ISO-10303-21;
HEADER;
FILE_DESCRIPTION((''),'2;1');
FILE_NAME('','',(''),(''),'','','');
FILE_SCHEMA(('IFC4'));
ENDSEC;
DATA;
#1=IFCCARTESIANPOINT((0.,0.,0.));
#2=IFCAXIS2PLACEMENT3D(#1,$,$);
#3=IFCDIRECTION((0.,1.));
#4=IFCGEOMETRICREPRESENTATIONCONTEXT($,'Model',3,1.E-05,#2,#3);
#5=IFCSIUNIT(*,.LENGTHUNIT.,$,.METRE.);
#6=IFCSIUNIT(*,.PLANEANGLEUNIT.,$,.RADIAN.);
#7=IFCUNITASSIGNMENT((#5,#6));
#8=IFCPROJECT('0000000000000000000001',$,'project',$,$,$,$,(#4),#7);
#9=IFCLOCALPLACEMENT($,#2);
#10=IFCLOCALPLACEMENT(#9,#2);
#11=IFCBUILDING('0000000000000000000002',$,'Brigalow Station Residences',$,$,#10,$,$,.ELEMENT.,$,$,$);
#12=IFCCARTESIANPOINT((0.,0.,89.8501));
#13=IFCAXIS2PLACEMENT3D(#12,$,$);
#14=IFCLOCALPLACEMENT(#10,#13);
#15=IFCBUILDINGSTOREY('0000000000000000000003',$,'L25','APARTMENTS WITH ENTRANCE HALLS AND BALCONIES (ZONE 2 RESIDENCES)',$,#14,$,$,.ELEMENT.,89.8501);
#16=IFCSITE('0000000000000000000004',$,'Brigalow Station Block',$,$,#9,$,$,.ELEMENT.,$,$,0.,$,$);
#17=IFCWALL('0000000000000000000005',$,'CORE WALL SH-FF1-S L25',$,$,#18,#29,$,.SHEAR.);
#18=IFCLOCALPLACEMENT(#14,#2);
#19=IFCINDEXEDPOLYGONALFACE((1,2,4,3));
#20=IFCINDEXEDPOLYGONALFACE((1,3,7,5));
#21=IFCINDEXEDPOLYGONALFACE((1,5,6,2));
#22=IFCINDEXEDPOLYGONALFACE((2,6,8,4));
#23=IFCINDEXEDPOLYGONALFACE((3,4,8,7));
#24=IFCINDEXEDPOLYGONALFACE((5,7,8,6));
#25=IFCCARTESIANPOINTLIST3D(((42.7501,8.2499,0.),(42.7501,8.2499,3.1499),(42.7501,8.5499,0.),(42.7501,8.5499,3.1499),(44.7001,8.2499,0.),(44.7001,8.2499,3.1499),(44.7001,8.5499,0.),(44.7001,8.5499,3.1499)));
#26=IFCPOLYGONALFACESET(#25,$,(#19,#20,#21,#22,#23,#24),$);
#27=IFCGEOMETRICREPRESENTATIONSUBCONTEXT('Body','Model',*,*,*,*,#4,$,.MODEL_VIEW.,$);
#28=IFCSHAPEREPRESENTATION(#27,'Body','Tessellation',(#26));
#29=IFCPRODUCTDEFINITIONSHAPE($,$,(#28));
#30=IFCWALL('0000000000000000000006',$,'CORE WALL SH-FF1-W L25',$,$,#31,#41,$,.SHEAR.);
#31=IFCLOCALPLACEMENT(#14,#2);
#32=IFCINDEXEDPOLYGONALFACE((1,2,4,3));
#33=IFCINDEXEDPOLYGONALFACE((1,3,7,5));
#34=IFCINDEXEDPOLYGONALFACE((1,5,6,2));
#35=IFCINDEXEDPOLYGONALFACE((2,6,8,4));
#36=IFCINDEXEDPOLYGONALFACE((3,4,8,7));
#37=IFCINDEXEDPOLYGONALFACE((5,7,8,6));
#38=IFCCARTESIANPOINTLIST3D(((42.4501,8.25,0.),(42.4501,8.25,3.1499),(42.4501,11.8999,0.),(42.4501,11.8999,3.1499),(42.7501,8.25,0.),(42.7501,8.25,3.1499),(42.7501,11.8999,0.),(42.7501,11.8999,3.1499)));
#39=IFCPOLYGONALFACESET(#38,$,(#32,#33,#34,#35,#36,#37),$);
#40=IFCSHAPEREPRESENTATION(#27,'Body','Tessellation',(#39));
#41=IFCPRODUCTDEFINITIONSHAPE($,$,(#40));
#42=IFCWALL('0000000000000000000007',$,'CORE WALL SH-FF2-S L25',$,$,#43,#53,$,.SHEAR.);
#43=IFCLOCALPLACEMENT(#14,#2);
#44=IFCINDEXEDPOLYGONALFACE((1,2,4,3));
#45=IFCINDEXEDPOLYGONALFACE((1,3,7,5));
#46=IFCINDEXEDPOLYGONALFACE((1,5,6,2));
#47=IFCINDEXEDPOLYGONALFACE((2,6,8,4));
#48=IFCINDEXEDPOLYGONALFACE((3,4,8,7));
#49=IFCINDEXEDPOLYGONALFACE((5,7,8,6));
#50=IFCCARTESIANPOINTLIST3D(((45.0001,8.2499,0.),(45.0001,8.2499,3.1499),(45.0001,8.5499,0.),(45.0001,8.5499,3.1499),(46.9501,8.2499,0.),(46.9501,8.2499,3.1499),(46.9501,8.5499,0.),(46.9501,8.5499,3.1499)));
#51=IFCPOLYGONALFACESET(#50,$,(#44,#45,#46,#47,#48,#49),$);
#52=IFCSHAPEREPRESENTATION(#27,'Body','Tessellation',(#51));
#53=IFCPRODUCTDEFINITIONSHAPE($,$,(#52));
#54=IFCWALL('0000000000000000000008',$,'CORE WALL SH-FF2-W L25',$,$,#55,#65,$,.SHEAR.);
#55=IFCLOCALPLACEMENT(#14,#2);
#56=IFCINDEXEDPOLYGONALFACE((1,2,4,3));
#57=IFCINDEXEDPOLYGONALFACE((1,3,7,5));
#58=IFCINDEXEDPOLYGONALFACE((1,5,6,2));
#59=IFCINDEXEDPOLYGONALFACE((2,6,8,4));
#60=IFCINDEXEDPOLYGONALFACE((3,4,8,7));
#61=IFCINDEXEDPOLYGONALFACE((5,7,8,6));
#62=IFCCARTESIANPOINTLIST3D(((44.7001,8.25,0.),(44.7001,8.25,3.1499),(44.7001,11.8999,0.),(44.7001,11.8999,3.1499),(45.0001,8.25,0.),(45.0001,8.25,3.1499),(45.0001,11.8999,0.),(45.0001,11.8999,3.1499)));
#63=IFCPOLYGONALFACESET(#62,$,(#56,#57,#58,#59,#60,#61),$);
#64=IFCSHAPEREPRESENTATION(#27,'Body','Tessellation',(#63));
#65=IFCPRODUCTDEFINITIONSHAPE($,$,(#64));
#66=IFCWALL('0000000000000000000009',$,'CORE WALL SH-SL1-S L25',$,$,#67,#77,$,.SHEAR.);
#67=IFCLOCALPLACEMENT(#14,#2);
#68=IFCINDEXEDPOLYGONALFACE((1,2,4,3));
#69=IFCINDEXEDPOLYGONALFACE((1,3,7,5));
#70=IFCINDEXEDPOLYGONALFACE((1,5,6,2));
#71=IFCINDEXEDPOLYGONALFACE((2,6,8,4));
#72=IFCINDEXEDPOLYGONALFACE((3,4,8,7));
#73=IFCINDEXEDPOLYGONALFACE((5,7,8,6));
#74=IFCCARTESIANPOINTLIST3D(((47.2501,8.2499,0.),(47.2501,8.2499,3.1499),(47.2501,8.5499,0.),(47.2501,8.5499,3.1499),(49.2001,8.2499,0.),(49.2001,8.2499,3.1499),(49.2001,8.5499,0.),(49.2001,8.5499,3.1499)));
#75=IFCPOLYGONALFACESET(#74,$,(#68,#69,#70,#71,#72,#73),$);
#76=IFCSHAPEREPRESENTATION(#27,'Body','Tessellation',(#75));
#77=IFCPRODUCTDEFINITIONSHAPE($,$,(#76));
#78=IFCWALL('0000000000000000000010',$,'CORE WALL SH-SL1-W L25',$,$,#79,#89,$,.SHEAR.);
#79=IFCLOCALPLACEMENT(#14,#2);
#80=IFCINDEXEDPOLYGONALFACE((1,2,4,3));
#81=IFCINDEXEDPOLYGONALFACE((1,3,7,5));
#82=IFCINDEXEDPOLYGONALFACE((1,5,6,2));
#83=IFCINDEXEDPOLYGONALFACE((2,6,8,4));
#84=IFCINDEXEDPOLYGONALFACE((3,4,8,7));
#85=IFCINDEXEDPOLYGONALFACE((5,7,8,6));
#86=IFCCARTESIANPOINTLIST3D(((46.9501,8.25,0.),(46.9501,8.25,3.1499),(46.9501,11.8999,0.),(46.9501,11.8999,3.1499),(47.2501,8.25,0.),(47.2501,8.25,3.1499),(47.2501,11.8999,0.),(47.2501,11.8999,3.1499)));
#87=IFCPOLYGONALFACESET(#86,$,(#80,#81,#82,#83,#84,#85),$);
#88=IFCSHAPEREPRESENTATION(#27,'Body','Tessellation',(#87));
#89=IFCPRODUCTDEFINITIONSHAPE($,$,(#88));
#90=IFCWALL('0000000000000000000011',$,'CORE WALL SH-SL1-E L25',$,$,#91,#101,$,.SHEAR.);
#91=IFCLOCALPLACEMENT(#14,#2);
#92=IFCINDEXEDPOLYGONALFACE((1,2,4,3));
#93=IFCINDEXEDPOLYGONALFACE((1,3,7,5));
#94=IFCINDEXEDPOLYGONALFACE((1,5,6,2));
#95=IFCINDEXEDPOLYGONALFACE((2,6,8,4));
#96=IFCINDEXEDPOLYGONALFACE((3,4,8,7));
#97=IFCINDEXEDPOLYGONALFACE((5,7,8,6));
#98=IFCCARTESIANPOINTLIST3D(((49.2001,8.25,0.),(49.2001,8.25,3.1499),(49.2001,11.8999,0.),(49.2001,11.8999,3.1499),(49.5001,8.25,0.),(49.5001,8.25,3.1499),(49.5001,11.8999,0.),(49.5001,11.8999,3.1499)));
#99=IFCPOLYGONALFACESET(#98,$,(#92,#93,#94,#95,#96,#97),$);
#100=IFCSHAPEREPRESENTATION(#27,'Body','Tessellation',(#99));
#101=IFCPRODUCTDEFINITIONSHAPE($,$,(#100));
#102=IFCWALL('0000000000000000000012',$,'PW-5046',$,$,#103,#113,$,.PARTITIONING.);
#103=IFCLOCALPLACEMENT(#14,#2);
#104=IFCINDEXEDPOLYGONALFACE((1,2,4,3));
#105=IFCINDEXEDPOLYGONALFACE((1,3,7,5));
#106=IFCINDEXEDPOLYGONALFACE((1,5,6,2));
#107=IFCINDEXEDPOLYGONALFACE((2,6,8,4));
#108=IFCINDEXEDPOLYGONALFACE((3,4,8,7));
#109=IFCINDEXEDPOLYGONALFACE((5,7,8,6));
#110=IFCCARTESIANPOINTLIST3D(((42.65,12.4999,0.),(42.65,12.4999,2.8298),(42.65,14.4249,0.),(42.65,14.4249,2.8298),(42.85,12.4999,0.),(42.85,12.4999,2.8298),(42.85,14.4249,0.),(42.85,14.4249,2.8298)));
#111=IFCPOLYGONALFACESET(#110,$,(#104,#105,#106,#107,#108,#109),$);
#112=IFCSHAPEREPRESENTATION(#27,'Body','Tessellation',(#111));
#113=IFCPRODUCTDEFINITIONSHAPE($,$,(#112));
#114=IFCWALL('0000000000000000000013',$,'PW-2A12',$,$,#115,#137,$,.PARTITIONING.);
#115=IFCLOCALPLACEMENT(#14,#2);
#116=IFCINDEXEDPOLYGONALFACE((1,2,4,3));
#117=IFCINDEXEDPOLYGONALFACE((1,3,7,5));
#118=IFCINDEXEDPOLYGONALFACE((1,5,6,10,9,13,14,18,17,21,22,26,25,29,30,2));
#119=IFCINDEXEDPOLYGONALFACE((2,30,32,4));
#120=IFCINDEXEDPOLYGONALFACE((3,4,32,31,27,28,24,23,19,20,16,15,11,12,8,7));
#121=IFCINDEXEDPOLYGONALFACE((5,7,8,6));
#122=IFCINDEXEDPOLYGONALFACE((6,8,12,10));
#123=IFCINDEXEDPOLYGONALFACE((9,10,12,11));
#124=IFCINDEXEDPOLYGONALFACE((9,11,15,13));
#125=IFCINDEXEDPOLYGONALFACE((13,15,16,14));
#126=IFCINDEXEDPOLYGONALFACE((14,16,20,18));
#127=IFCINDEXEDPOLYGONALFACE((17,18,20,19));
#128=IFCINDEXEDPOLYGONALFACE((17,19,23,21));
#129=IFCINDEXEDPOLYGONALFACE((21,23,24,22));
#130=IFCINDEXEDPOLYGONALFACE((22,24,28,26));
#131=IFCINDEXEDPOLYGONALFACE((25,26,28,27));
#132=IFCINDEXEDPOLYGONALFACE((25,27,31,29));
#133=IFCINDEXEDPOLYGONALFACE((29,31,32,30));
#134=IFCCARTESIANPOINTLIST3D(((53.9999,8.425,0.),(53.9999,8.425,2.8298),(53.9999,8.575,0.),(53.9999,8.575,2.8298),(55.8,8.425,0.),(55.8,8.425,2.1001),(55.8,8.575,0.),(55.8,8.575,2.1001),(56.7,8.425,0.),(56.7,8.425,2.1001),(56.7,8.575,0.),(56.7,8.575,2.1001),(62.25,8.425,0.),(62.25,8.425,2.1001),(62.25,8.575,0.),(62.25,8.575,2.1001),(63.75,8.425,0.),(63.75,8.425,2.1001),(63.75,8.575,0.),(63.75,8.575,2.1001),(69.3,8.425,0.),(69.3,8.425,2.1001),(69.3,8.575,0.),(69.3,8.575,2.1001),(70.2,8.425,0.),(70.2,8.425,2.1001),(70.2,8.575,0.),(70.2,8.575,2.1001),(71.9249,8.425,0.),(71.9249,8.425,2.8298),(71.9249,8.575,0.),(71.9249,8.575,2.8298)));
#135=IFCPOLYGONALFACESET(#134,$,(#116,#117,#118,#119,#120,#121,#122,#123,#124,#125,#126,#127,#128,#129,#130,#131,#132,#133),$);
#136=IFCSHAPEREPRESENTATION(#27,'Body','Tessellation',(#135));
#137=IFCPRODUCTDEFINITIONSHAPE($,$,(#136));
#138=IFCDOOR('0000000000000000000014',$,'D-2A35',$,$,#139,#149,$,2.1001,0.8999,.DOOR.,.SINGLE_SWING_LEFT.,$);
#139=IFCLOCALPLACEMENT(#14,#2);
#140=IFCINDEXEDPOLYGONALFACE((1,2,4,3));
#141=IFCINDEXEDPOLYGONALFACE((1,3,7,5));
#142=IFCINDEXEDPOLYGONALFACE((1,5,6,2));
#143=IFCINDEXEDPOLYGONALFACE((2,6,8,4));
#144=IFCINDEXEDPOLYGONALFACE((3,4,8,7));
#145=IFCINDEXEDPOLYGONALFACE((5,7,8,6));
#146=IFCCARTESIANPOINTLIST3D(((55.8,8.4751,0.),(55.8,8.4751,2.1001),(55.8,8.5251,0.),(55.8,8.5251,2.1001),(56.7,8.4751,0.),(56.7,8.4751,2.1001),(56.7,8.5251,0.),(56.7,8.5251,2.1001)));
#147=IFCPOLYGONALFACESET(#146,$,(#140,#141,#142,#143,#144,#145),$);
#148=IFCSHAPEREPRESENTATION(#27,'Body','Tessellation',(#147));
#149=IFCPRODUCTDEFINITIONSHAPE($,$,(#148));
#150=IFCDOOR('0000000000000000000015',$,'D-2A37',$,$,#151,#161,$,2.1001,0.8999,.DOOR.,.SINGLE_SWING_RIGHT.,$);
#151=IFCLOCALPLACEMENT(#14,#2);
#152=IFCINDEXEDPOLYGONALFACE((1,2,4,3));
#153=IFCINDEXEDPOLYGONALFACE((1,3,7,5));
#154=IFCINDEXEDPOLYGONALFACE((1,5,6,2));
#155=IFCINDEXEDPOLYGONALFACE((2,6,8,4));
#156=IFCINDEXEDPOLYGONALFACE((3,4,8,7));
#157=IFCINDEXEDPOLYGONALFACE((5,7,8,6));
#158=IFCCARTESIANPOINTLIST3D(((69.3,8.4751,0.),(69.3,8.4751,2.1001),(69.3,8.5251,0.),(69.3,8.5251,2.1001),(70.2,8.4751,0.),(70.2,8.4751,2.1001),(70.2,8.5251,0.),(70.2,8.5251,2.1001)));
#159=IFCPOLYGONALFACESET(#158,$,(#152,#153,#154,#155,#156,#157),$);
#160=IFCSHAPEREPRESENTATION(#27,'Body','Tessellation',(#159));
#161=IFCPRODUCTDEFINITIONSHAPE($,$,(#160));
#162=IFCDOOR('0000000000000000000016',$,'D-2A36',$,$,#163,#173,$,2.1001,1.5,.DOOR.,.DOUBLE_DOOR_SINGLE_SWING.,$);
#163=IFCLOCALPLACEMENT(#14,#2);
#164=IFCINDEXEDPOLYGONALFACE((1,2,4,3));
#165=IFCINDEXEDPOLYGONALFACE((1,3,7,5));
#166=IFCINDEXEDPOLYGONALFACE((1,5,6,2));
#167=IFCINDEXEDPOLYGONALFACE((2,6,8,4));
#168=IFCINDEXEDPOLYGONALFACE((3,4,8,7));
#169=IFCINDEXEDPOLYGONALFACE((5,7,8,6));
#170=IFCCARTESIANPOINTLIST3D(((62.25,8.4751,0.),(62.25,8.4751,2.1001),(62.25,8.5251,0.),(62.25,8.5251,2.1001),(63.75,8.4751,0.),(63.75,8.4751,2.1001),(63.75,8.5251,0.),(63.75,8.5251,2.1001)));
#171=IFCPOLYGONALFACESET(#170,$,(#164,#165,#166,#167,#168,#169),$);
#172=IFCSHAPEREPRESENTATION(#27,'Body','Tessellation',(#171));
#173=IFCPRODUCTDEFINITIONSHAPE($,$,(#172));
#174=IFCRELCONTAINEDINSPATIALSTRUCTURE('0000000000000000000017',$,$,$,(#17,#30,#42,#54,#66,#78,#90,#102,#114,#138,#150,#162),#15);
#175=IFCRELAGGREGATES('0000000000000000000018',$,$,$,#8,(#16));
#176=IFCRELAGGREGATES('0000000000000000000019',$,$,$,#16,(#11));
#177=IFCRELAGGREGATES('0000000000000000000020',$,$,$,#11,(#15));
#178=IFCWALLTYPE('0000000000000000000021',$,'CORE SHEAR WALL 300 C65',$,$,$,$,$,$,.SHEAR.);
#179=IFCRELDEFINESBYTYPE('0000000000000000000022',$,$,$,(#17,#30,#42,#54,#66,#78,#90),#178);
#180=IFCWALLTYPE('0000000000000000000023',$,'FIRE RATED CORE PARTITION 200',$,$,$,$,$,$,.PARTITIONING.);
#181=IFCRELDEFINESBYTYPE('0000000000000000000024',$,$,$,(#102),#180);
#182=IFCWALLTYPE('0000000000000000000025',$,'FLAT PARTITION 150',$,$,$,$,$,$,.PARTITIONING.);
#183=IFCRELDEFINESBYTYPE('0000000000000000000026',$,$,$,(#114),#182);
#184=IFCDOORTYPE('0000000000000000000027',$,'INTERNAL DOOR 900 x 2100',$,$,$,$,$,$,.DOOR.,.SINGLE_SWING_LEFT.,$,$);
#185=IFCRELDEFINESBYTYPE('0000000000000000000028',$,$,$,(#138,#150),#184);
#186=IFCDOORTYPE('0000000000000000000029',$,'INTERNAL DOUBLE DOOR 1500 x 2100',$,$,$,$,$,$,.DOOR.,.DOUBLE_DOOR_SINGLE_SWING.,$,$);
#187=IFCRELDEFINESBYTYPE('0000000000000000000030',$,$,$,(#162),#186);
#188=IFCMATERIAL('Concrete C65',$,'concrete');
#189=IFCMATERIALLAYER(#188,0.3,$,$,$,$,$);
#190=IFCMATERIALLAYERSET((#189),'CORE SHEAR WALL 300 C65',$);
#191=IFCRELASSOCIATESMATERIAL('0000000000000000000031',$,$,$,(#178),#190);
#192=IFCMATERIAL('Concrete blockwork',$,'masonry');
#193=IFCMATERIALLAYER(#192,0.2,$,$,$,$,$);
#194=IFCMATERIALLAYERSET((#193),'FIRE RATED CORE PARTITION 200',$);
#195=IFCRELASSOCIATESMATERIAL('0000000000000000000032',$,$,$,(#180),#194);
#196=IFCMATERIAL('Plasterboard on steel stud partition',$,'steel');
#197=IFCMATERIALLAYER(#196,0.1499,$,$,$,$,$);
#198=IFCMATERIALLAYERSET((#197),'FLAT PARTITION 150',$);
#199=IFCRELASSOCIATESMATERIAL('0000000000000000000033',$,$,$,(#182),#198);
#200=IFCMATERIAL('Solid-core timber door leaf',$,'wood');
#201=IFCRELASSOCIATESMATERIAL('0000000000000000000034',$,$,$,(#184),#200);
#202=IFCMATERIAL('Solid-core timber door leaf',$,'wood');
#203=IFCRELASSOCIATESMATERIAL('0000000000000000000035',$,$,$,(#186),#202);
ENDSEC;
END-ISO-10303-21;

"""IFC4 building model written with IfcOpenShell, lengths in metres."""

from ifc_helpers import new_model, si_unit, direction, frame, frame_2d, origin, place, context, subcontext, project, spatial, rectangle, extrude, material, layer, layer_set, type_object, element, fill, save


model = new_model("IFC4")

# Units and contexts
model_context = context("Model", 3, precision=1e-05, world=origin(), true_north=direction((0.0, 1.0)))
body_context = subcontext(model_context, "Body", "Model", "MODEL_VIEW")
ifc_project = project(units=[si_unit("LENGTHUNIT", "METRE"), si_unit("PLANEANGLEUNIT", "RADIAN")], contexts=[model_context])

# Site, building, storey
site_placement = place(None, origin())
site = spatial("IfcSite", under=ifc_project, at=site_placement, Name="Brigalow Station Block", CompositionType="ELEMENT", RefElevation=0.0)
building_placement = place(site_placement, origin())
building = spatial("IfcBuilding", under=site, at=building_placement, Name="Brigalow Station Residences", CompositionType="ELEMENT")
storey_placement = place(building_placement, frame((0.0, 0.0, 89.8501)))
storey = spatial("IfcBuildingStorey", under=building, at=storey_placement, Name="L25", Description="APARTMENTS WITH ENTRANCE HALLS AND BALCONIES (ZONE 2 RESIDENCES)", CompositionType="ELEMENT", Elevation=89.8501)

# Walls
ifc_material_1 = material(Name="Concrete C65", Category="concrete")
ifc_layer_1 = layer(ifc_material_1, 0.3)
ifc_layer_set_1 = layer_set([ifc_layer_1], Name="CORE SHEAR WALL 300 C65")
wall_type_1 = type_object("IfcWallType", Name="CORE SHEAR WALL 300 C65", PredefinedType="SHEAR", material=ifc_layer_set_1)
wall_1_placement = place(storey_placement, frame((42.75, 8.3999, 0.0), z_axis=(0.0, 0.0, 1.0), x_axis=(1.0, 0.0, 0.0)))
element("IfcWall", 1, at=wall_1_placement, inside=storey, type_object=wall_type_1, Name="CORE WALL SH-FF1-S L25", PredefinedType="SHEAR", context=body_context, shape_type="SweptSolid", body=[
    extrude(rectangle(XDim=1.95, YDim=0.3, at=frame_2d((0.9751, 0.0))), origin(), (0.0, 0.0, 1.0), 3.1499),
])
wall_2_placement = place(storey_placement, frame((42.6001, 8.25, 0.0), z_axis=(0.0, 0.0, 1.0), x_axis=(0.0, 1.0, 0.0)))
element("IfcWall", 2, at=wall_2_placement, inside=storey, type_object=wall_type_1, Name="CORE WALL SH-FF1-W L25", PredefinedType="SHEAR", context=body_context, shape_type="SweptSolid", body=[
    extrude(rectangle(XDim=3.6499, YDim=0.3, at=frame_2d((1.825, 0.0))), origin(), (0.0, 0.0, 1.0), 3.1499),
])
wall_3_placement = place(storey_placement, frame((45.0, 8.3999, 0.0), z_axis=(0.0, 0.0, 1.0), x_axis=(1.0, 0.0, 0.0)))
element("IfcWall", 3, at=wall_3_placement, inside=storey, type_object=wall_type_1, Name="CORE WALL SH-FF2-S L25", PredefinedType="SHEAR", context=body_context, shape_type="SweptSolid", body=[
    extrude(rectangle(XDim=1.95, YDim=0.3, at=frame_2d((0.9751, 0.0))), origin(), (0.0, 0.0, 1.0), 3.1499),
])
wall_4_placement = place(storey_placement, frame((44.8501, 8.25, 0.0), z_axis=(0.0, 0.0, 1.0), x_axis=(0.0, 1.0, 0.0)))
element("IfcWall", 4, at=wall_4_placement, inside=storey, type_object=wall_type_1, Name="CORE WALL SH-FF2-W L25", PredefinedType="SHEAR", context=body_context, shape_type="SweptSolid", body=[
    extrude(rectangle(XDim=3.6499, YDim=0.3, at=frame_2d((1.825, 0.0))), origin(), (0.0, 0.0, 1.0), 3.1499),
])
wall_5_placement = place(storey_placement, frame((47.25, 8.3999, 0.0), z_axis=(0.0, 0.0, 1.0), x_axis=(1.0, 0.0, 0.0)))
element("IfcWall", 5, at=wall_5_placement, inside=storey, type_object=wall_type_1, Name="CORE WALL SH-SL1-S L25", PredefinedType="SHEAR", context=body_context, shape_type="SweptSolid", body=[
    extrude(rectangle(XDim=1.95, YDim=0.3, at=frame_2d((0.9751, 0.0))), origin(), (0.0, 0.0, 1.0), 3.1499),
])
for number, where, z_axis, x_axis, name in (
    (6, (47.1001, 8.25, 0.0), (0.0, 0.0, 1.0), (0.0, 1.0, 0.0), "CORE WALL SH-SL1-W L25"),
    (7, (49.3501, 8.25, 0.0), (0.0, 0.0, 1.0), (0.0, 1.0, 0.0), "CORE WALL SH-SL1-E L25"),
):
    element("IfcWall", number, at=place(storey_placement, frame(where, z_axis=z_axis, x_axis=x_axis)), inside=storey, type_object=wall_type_1, Name=name, PredefinedType="SHEAR", context=body_context, shape_type="SweptSolid", body=[
        extrude(rectangle(XDim=3.6499, YDim=0.3, at=frame_2d((1.825, 0.0))), origin(), (0.0, 0.0, 1.0), 3.1499),
    ])
ifc_material_2 = material(Name="Concrete blockwork", Category="masonry")
ifc_layer_2 = layer(ifc_material_2, 0.2)
ifc_layer_set_2 = layer_set([ifc_layer_2], Name="FIRE RATED CORE PARTITION 200")
wall_type_2 = type_object("IfcWallType", Name="FIRE RATED CORE PARTITION 200", PredefinedType="PARTITIONING", material=ifc_layer_set_2)
wall_6_placement = place(storey_placement, frame((42.75, 12.5, 0.0), z_axis=(0.0, 0.0, 1.0), x_axis=(0.0, 1.0, 0.0)))
element("IfcWall", 8, at=wall_6_placement, inside=storey, type_object=wall_type_2, Name="PW-5046", PredefinedType="PARTITIONING", context=body_context, shape_type="SweptSolid", body=[
    extrude(rectangle(XDim=1.925, YDim=0.2, at=frame_2d((0.9624, 0.0))), origin(), (0.0, 0.0, 1.0), 2.8298),
])

# Wall, openings, doors
ifc_material_3 = material(Name="Plasterboard on steel stud partition", Category="steel")
ifc_layer_3 = layer(ifc_material_3, 0.1499)
ifc_layer_set_3 = layer_set([ifc_layer_3], Name="FLAT PARTITION 150")
wall_type_3 = type_object("IfcWallType", Name="FLAT PARTITION 150", PredefinedType="PARTITIONING", material=ifc_layer_set_3)
wall_7_placement = place(storey_placement, frame((54.0, 8.5, 0.0), z_axis=(0.0, 0.0, 1.0), x_axis=(1.0, 0.0, 0.0)))
wall_7 = element("IfcWall", 9, at=wall_7_placement, inside=storey, type_object=wall_type_3, Name="PW-2A12", PredefinedType="PARTITIONING", context=body_context, shape_type="SweptSolid", body=[
    extrude(rectangle(XDim=17.925, YDim=0.1499, at=frame_2d((8.9624, 0.0))), origin(), (0.0, 0.0, 1.0), 2.8298),
])
opening_1_placement = place(wall_7_placement, frame((1.8, 0.0, 0.0)))
opening_1 = element("IfcOpeningElement", 10, at=opening_1_placement, cuts=wall_7, PredefinedType="OPENING", context=body_context, shape_type="SweptSolid", body=[
    extrude(rectangle(XDim=0.8999, YDim=2.1001, at=frame_2d((0.45, 1.05))), frame((0.0, 0.085, 0.0), z_axis=(0.0, -1.0, 0.0), x_axis=(1.0, 0.0, 0.0)), (0.0, 0.0, 1.0), 0.1699),
])
opening_2_placement = place(wall_7_placement, frame((8.25, 0.0, 0.0)))
opening_2 = element("IfcOpeningElement", 11, at=opening_2_placement, cuts=wall_7, PredefinedType="OPENING", context=body_context, shape_type="SweptSolid", body=[
    extrude(rectangle(XDim=1.5, YDim=2.1001, at=frame_2d((0.75, 1.05))), frame((0.0, 0.085, 0.0), z_axis=(0.0, -1.0, 0.0), x_axis=(1.0, 0.0, 0.0)), (0.0, 0.0, 1.0), 0.1699),
])
opening_3_placement = place(wall_7_placement, frame((15.3, 0.0, 0.0)))
opening_3 = element("IfcOpeningElement", 12, at=opening_3_placement, cuts=wall_7, PredefinedType="OPENING", context=body_context, shape_type="SweptSolid", body=[
    extrude(rectangle(XDim=0.8999, YDim=2.1001, at=frame_2d((0.45, 1.05))), frame((0.0, 0.085, 0.0), z_axis=(0.0, -1.0, 0.0), x_axis=(1.0, 0.0, 0.0)), (0.0, 0.0, 1.0), 0.1699),
])
ifc_material_4 = material(Name="Solid-core timber door leaf", Category="wood")
door_type_1 = type_object("IfcDoorType", Name="INTERNAL DOOR 900 x 2100", OperationType="SINGLE_SWING_LEFT", PredefinedType="DOOR", material=ifc_material_4)
door_1_placement = place(opening_1_placement, frame((0.8999, 0.0, 0.0), z_axis=(0.0, 0.0, 1.0), x_axis=(-1.0, 0.0, 0.0)))
door_1 = element("IfcDoor", 13, at=door_1_placement, inside=storey, type_object=door_type_1, Name="D-2A35", OperationType="SINGLE_SWING_LEFT", OverallHeight=2.1001, OverallWidth=0.8999, PredefinedType="DOOR", context=body_context, shape_type="SweptSolid", body=[
    extrude(rectangle(XDim=0.8999, YDim=2.1001, at=frame_2d((0.45, 1.05))), frame((0.0, 0.0249, 0.0), z_axis=(0.0, -1.0, 0.0), x_axis=(1.0, 0.0, 0.0)), (0.0, 0.0, 1.0), 0.05),
])
fill(opening_1, door_1)
door_2_placement = place(opening_3_placement, frame((0.8999, 0.0, 0.0), z_axis=(0.0, 0.0, 1.0), x_axis=(-1.0, 0.0, 0.0)))
door_2 = element("IfcDoor", 14, at=door_2_placement, inside=storey, type_object=door_type_1, Name="D-2A37", OperationType="SINGLE_SWING_RIGHT", OverallHeight=2.1001, OverallWidth=0.8999, PredefinedType="DOOR", context=body_context, shape_type="SweptSolid", body=[
    extrude(rectangle(XDim=0.8999, YDim=2.1001, at=frame_2d((0.45, 1.05))), frame((0.0, 0.0249, 0.0), z_axis=(0.0, -1.0, 0.0), x_axis=(1.0, 0.0, 0.0)), (0.0, 0.0, 1.0), 0.05),
])
fill(opening_3, door_2)
ifc_material_5 = material(Name="Solid-core timber door leaf", Category="wood")
door_type_2 = type_object("IfcDoorType", Name="INTERNAL DOUBLE DOOR 1500 x 2100", OperationType="DOUBLE_DOOR_SINGLE_SWING", PredefinedType="DOOR", material=ifc_material_5)
door_3_placement = place(opening_2_placement, frame((1.5, 0.0, 0.0), z_axis=(0.0, 0.0, 1.0), x_axis=(-1.0, 0.0, 0.0)))
door_3 = element("IfcDoor", 15, at=door_3_placement, inside=storey, type_object=door_type_2, Name="D-2A36", OperationType="DOUBLE_DOOR_SINGLE_SWING", OverallHeight=2.1001, OverallWidth=1.5, PredefinedType="DOOR", context=body_context, shape_type="SweptSolid", body=[
    extrude(rectangle(XDim=1.5, YDim=2.1001, at=frame_2d((0.75, 1.05))), frame((0.0, 0.0249, 0.0), z_axis=(0.0, -1.0, 0.0), x_axis=(1.0, 0.0, 0.0)), (0.0, 0.0, 1.0), 0.05),
])
fill(opening_2, door_3)

save(model, "model.ifc")
